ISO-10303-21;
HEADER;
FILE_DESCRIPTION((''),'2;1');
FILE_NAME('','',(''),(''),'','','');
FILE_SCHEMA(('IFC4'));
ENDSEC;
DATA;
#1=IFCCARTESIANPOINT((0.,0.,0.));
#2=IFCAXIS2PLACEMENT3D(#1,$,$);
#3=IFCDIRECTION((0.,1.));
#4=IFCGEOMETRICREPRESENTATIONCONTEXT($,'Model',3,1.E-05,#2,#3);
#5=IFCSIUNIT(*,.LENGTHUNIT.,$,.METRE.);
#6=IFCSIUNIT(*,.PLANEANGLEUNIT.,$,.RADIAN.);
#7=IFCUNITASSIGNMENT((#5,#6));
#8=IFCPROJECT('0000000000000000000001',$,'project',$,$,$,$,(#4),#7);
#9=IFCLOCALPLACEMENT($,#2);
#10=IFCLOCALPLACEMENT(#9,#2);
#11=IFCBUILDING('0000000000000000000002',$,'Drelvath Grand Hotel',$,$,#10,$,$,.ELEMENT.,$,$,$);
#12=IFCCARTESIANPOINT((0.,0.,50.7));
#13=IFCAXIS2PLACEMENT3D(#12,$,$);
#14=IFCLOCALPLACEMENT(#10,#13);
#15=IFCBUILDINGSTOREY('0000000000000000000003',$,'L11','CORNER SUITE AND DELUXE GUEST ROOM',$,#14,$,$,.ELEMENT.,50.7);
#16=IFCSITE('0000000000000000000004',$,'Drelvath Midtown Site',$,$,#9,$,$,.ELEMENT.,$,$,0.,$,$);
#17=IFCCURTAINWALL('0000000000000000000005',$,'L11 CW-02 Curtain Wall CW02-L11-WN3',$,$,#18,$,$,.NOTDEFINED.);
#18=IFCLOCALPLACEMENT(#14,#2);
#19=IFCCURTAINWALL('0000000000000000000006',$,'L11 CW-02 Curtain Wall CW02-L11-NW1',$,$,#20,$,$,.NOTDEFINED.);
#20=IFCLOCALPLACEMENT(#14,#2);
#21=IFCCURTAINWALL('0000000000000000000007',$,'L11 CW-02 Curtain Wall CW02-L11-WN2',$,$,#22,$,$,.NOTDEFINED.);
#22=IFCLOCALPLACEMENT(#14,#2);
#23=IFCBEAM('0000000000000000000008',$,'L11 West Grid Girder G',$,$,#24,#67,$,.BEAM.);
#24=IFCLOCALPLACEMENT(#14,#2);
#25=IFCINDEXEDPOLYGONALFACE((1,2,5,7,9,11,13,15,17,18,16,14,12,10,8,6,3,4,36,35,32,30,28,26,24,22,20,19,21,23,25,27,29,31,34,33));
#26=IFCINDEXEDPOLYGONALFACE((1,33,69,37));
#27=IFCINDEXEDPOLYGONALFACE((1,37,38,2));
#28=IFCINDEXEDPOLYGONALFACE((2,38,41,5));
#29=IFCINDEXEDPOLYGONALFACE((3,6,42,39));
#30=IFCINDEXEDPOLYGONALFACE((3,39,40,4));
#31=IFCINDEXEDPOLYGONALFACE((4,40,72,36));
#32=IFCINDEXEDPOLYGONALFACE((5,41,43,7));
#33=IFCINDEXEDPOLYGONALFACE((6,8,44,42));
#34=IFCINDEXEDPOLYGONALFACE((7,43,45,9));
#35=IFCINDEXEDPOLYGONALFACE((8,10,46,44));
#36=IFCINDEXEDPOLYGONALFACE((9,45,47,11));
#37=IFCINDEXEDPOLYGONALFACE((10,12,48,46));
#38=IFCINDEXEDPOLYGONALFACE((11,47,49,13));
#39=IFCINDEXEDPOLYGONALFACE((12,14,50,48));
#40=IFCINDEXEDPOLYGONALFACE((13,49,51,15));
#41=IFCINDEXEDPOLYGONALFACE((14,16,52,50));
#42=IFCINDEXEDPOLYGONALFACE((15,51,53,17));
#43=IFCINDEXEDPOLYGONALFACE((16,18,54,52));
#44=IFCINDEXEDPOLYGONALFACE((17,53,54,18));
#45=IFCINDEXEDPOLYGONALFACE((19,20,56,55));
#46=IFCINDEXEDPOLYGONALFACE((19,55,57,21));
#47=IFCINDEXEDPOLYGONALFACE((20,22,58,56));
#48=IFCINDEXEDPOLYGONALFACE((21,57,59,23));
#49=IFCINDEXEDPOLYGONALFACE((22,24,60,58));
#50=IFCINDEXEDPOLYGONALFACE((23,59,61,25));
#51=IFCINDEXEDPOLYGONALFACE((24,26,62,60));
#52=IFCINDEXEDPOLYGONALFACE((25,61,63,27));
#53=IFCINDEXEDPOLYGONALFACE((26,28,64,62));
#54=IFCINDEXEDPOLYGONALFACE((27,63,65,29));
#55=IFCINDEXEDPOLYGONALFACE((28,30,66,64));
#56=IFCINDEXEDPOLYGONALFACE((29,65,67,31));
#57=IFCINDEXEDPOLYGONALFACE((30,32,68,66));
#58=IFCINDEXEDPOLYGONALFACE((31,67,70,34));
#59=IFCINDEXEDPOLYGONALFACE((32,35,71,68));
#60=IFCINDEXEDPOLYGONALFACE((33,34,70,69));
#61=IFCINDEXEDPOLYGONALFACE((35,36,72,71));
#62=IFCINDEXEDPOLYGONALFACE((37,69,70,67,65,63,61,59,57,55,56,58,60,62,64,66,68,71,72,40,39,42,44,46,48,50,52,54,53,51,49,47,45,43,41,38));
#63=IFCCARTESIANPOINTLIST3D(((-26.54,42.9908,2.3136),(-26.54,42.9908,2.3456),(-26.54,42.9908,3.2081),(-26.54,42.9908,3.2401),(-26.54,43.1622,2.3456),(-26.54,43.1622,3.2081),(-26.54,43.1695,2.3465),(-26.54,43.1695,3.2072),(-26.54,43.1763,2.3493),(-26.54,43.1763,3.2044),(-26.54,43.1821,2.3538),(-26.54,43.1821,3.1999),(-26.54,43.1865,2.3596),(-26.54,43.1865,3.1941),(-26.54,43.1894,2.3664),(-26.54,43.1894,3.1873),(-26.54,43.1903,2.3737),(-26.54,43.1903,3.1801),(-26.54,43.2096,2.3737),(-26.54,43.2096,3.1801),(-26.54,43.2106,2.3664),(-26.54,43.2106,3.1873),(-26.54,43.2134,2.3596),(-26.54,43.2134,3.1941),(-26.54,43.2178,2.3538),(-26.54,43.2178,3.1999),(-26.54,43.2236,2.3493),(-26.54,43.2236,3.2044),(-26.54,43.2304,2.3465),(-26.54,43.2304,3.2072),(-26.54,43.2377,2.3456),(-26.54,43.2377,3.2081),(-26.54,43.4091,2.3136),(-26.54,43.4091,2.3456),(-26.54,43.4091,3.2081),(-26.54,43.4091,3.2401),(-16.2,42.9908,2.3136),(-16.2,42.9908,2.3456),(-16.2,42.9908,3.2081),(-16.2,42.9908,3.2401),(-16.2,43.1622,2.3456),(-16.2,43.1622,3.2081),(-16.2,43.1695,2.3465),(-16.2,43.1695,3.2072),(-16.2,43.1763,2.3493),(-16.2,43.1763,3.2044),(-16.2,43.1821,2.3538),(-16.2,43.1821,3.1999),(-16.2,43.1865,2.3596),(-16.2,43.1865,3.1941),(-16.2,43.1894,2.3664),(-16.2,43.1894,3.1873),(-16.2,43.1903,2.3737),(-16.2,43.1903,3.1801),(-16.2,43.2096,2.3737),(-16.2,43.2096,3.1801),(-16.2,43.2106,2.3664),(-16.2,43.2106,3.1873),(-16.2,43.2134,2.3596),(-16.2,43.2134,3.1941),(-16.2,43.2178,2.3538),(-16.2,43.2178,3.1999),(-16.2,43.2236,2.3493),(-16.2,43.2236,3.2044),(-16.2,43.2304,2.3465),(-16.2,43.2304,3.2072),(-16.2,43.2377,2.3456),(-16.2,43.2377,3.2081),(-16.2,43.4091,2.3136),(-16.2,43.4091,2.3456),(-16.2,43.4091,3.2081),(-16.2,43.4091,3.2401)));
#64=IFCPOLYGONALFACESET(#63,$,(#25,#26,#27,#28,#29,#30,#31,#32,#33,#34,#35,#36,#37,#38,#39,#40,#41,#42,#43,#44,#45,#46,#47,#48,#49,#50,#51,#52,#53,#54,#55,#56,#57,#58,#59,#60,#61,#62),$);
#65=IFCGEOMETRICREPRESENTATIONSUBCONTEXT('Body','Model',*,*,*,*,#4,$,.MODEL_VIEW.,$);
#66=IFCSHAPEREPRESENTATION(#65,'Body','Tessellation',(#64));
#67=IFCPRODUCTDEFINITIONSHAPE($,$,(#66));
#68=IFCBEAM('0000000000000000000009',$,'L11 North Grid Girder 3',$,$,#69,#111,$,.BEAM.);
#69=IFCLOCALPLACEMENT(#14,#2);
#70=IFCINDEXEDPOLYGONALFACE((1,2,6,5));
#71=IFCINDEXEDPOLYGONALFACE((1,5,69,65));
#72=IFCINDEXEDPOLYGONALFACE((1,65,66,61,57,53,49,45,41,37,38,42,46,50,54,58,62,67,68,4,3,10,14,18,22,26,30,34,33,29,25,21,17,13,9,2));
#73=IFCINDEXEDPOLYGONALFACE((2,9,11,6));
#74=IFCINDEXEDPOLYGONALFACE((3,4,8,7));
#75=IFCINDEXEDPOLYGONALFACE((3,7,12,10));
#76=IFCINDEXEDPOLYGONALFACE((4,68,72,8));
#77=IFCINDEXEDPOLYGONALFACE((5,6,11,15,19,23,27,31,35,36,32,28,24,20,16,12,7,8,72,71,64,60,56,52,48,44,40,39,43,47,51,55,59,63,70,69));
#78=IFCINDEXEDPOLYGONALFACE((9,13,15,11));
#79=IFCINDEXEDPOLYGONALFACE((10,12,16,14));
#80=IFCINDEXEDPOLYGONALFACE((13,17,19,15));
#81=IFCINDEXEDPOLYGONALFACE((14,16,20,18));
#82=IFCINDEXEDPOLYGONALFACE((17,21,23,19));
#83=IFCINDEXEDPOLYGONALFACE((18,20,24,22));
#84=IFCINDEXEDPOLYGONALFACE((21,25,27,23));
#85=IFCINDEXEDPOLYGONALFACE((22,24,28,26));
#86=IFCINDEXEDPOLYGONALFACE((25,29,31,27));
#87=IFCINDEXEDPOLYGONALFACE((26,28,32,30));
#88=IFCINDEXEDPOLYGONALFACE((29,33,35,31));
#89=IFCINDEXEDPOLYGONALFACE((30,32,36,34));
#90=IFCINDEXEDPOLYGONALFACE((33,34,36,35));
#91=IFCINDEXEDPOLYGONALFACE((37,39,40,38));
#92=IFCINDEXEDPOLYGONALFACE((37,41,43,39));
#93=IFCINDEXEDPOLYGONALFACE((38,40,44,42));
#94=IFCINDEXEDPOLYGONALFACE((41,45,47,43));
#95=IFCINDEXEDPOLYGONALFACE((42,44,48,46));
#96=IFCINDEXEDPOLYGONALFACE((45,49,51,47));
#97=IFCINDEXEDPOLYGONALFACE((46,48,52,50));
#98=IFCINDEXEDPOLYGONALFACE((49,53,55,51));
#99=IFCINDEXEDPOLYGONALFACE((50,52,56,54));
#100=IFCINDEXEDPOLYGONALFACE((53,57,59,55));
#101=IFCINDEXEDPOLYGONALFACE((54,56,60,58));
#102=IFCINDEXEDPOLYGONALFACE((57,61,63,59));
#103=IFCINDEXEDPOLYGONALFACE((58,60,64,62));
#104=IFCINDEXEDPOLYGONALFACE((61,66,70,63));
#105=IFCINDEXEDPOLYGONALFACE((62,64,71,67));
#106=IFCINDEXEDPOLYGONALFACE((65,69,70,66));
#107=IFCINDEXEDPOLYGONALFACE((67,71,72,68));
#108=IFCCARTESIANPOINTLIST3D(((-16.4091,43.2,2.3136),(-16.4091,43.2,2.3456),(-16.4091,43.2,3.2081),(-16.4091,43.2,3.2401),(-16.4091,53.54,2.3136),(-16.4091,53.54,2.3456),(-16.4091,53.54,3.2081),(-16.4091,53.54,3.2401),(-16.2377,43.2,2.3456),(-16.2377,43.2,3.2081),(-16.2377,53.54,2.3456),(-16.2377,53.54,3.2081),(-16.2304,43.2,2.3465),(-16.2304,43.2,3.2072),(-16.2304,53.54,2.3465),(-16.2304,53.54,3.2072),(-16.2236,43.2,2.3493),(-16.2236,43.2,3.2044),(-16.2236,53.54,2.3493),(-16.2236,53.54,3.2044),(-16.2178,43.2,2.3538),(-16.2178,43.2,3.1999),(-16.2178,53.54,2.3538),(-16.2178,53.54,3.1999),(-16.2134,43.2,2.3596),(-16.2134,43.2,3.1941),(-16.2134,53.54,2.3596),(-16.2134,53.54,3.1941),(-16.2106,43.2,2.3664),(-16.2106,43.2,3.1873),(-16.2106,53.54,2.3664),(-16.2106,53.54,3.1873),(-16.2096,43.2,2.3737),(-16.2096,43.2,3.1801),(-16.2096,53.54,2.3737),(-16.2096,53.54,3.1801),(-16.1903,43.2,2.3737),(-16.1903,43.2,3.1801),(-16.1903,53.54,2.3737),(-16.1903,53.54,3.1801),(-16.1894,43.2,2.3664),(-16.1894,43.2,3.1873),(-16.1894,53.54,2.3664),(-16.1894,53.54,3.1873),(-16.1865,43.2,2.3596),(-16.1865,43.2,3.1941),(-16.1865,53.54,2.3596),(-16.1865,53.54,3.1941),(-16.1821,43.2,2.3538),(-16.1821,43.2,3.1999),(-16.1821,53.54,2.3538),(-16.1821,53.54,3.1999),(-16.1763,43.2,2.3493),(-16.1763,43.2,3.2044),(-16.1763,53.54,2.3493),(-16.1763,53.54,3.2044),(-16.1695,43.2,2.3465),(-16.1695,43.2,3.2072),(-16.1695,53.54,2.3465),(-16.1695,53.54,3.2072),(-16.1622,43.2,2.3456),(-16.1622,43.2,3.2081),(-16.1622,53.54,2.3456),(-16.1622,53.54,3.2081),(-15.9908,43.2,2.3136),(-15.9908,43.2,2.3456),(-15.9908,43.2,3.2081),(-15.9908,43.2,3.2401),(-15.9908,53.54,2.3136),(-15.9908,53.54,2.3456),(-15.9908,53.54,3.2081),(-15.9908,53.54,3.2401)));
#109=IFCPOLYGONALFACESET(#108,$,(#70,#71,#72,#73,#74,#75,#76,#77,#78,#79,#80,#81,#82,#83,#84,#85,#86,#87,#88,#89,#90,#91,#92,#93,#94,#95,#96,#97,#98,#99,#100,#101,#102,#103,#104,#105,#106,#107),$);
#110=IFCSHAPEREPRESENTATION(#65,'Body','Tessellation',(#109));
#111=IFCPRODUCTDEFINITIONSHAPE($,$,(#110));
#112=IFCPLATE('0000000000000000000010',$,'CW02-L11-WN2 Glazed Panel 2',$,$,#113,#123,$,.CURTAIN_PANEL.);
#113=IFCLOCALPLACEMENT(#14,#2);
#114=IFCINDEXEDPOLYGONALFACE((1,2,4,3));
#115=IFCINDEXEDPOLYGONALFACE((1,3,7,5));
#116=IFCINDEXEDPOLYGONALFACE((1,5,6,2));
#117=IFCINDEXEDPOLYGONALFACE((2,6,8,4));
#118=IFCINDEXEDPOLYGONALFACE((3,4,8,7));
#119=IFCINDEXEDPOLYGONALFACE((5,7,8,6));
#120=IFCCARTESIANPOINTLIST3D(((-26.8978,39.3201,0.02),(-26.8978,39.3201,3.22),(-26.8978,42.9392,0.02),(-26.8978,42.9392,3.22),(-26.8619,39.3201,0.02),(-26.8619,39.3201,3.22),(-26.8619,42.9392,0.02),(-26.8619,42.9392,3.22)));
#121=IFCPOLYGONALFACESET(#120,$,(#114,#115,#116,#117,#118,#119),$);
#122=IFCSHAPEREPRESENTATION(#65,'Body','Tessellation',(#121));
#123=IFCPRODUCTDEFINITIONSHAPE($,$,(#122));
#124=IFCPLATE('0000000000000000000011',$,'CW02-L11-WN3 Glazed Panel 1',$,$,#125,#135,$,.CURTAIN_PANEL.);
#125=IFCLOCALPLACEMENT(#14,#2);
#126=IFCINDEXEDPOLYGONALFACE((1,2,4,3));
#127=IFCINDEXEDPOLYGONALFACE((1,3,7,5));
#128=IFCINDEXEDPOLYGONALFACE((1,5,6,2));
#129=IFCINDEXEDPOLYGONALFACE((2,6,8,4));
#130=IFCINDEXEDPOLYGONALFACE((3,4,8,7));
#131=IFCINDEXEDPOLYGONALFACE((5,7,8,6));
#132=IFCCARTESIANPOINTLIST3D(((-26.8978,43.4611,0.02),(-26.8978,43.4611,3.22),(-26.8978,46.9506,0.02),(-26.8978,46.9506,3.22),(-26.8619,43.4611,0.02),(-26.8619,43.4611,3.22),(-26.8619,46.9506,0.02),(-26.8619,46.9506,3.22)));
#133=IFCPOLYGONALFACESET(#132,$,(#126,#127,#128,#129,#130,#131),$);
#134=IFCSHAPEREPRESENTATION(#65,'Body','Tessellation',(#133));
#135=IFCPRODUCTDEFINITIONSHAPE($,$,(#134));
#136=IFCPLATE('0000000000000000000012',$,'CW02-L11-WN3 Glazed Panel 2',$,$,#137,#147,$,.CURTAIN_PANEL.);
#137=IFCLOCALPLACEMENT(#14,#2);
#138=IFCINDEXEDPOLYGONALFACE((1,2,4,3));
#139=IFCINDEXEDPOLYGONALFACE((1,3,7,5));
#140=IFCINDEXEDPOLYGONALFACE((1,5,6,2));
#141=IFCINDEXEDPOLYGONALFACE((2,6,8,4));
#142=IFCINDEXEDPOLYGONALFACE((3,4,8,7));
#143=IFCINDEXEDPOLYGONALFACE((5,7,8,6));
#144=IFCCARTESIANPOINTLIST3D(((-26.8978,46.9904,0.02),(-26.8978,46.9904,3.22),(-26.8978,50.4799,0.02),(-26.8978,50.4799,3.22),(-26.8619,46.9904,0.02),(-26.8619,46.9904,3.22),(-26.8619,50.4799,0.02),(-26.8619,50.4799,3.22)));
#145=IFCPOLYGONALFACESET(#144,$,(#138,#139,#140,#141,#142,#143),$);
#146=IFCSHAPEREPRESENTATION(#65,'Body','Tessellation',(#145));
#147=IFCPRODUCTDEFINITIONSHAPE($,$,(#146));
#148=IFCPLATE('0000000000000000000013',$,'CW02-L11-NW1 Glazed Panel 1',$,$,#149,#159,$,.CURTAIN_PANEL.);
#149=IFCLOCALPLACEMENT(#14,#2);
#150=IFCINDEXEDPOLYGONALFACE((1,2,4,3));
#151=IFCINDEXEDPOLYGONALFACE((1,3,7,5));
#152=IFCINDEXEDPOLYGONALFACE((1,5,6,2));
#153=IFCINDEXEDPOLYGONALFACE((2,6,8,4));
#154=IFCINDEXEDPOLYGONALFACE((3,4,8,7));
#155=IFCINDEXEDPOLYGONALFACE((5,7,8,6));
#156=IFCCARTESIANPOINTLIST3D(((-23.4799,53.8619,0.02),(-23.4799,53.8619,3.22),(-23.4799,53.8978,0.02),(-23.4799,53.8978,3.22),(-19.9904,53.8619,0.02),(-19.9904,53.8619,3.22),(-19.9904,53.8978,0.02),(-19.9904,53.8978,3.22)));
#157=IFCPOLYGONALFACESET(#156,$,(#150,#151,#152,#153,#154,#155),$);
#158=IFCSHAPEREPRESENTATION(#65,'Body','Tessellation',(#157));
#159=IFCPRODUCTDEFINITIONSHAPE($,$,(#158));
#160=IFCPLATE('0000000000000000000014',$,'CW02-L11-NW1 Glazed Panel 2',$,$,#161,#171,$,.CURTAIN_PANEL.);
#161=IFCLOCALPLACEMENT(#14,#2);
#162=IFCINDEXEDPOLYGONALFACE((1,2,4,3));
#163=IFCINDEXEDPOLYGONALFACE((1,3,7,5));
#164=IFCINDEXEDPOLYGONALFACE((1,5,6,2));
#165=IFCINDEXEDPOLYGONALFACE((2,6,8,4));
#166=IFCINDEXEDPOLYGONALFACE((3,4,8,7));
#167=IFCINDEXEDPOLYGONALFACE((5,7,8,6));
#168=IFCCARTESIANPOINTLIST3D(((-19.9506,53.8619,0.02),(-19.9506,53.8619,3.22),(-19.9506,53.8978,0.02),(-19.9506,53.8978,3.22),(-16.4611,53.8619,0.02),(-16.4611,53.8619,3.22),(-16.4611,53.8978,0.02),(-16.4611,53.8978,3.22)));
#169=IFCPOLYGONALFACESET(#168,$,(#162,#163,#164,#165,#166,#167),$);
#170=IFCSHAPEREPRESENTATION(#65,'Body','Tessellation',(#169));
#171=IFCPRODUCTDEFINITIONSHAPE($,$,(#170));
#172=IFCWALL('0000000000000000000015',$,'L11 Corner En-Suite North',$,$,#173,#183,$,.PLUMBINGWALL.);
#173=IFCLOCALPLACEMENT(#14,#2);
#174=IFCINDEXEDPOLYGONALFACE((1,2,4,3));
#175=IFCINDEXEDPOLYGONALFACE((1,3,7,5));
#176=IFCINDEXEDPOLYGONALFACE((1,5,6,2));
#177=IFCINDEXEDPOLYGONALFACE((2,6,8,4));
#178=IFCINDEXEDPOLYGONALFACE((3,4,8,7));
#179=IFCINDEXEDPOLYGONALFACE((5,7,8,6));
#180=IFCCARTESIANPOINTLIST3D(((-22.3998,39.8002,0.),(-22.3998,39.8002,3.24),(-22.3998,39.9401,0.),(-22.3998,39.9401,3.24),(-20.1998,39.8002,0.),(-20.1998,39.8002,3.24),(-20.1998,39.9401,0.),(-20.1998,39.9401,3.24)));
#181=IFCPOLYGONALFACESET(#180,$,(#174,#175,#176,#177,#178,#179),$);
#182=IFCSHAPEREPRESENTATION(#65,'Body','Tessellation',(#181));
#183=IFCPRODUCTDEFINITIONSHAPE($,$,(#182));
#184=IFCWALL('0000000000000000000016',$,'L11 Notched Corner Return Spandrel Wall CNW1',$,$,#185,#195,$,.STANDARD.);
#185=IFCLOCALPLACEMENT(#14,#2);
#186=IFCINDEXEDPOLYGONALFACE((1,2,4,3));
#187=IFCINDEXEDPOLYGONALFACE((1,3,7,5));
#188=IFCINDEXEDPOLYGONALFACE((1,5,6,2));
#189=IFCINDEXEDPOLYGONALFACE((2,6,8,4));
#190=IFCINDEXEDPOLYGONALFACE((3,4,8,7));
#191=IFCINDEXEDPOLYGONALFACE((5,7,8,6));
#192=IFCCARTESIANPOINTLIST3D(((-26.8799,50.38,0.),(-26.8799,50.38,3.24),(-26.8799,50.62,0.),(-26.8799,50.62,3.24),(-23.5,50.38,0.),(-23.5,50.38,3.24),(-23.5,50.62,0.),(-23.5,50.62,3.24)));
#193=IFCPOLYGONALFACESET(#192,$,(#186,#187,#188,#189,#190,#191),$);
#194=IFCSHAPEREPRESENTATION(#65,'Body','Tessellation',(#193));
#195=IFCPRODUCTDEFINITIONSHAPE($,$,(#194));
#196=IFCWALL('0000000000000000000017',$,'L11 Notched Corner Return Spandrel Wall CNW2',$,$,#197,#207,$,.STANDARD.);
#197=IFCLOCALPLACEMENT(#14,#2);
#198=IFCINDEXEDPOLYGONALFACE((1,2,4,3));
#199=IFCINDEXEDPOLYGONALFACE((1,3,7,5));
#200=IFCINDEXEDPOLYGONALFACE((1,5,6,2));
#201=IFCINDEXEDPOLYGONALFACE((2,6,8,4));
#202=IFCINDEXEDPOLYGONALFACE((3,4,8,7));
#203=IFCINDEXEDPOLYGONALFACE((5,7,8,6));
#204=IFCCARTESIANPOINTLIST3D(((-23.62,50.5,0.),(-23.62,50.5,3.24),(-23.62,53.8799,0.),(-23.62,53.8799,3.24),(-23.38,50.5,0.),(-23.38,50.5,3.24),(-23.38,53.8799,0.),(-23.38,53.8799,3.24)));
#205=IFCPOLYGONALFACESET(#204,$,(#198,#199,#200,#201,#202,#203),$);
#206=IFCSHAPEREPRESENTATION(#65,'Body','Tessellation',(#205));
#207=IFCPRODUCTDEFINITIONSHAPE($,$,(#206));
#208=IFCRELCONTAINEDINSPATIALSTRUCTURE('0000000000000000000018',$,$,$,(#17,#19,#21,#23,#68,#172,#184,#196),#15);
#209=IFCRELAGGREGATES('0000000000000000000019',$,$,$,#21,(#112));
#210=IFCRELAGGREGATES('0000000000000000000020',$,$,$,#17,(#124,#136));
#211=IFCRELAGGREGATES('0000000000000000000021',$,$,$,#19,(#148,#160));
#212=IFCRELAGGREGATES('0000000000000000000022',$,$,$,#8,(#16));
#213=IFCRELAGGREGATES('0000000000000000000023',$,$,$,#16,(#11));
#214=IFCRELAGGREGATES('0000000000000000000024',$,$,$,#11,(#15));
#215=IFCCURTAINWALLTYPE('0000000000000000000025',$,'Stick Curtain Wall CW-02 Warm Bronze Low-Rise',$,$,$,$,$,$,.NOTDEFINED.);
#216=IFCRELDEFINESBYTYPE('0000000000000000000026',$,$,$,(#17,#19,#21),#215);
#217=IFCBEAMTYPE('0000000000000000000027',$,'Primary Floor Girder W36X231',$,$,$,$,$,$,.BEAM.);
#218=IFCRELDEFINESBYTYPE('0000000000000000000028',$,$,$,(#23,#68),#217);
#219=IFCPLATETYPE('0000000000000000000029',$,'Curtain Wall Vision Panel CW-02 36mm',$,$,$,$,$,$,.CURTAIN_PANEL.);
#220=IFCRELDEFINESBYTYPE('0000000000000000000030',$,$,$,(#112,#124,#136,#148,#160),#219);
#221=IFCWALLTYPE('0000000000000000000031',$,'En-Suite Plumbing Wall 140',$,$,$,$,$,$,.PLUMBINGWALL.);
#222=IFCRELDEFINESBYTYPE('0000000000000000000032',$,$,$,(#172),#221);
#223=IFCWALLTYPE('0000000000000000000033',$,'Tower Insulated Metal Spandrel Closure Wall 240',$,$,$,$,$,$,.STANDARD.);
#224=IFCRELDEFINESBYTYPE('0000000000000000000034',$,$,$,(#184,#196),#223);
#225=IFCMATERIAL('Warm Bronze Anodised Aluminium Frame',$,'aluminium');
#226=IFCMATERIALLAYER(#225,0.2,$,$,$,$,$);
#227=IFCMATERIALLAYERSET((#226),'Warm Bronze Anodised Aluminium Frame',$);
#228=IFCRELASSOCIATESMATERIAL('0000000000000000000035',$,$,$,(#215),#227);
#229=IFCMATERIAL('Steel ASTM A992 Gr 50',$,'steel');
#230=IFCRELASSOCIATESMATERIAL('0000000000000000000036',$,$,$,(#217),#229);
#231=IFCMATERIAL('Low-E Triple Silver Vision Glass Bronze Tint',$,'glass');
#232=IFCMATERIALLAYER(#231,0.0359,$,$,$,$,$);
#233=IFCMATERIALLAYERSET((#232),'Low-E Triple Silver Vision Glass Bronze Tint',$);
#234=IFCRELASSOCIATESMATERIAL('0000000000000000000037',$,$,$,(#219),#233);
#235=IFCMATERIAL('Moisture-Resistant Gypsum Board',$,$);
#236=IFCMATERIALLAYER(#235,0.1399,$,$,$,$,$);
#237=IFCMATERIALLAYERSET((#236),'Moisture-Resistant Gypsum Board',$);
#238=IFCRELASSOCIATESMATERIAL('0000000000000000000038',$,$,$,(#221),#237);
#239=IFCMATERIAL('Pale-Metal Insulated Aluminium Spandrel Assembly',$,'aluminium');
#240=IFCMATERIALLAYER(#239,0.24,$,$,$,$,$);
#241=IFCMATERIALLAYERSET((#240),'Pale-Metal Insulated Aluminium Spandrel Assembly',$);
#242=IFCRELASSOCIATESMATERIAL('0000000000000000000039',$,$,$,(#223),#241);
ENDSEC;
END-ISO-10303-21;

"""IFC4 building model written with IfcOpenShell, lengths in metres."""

from ifc_helpers import new_model, si_unit, direction, frame, frame_2d, origin, origin_2d, place, context, subcontext, project, spatial, rectangle, i_section, extrude, material, layer, layer_set, material_profile, profile_set, type_object, element, aggregate, save


model = new_model("IFC4")

# Units and contexts
model_context = context("Model", 3, precision=1e-05, world=origin(), true_north=direction((0.0, 1.0)))
body_context = subcontext(model_context, "Body", "Model", "MODEL_VIEW")
ifc_project = project(units=[si_unit("LENGTHUNIT", "METRE"), si_unit("PLANEANGLEUNIT", "RADIAN")], contexts=[model_context])

# Site, building, storey
site_placement = place(None, origin())
site = spatial("IfcSite", under=ifc_project, at=site_placement, Name="Drelvath Midtown Site", CompositionType="ELEMENT", RefElevation=0.0)
building_placement = place(site_placement, origin())
building = spatial("IfcBuilding", under=site, at=building_placement, Name="Drelvath Grand Hotel", CompositionType="ELEMENT")
storey_placement = place(building_placement, frame((0.0, 0.0, 50.7)))
storey = spatial("IfcBuildingStorey", under=building, at=storey_placement, Name="L11", Description="CORNER SUITE AND DELUXE GUEST ROOM", CompositionType="ELEMENT", Elevation=50.7)

# Shared definitions
ifc_material_1 = material(Name="Steel ASTM A992 Gr 50", Category="steel")

# Curtain walls
ifc_material_2 = material(Name="Warm Bronze Anodised Aluminium Frame", Category="aluminium")
ifc_layer_1 = layer(ifc_material_2, 0.2)
ifc_layer_set_1 = layer_set([ifc_layer_1], Name="Warm Bronze Anodised Aluminium Frame")
curtain_wall_type = type_object("IfcCurtainWallType", Name="Stick Curtain Wall CW-02 Warm Bronze Low-Rise", PredefinedType="NOTDEFINED", material=ifc_layer_set_1)
curtain_wall_1_placement = place(storey_placement, origin())
curtain_wall_1 = element("IfcCurtainWall", 1, at=curtain_wall_1_placement, inside=storey, type_object=curtain_wall_type, Name="L11 CW-02 Curtain Wall CW02-L11-WN3", PredefinedType="NOTDEFINED")
curtain_wall_2_placement = place(storey_placement, origin())
curtain_wall_2 = element("IfcCurtainWall", 2, at=curtain_wall_2_placement, inside=storey, type_object=curtain_wall_type, Name="L11 CW-02 Curtain Wall CW02-L11-NW1", PredefinedType="NOTDEFINED")

# Curtain wall
curtain_wall_3_placement = place(storey_placement, origin())
curtain_wall_3 = element("IfcCurtainWall", 3, at=curtain_wall_3_placement, inside=storey, type_object=curtain_wall_type, Name="L11 CW-02 Curtain Wall CW02-L11-WN2", PredefinedType="NOTDEFINED")

# Beams
ifc_material_profile_1 = material_profile(ifc_material_1, i_section(OverallWidth=0.4182, OverallDepth=0.9265, WebThickness=0.0193, FlangeThickness=0.032, FilletRadius=0.0281, at=origin_2d()), Name="W36X231")
ifc_profile_set_1 = profile_set([ifc_material_profile_1], Name="Steel ASTM A992 Gr 50")
beam_type_1 = type_object("IfcBeamType", Name="Primary Floor Girder W36X231", PredefinedType="BEAM", material=ifc_profile_set_1)
for number, where, z_axis, x_axis, name in (
    (4, (-26.54, 43.2, 2.7769), (1.0, 0.0, 0.0), (0.0, 1.0, 0.0), "L11 West Grid Girder G"),
    (5, (-16.2, 43.2, 2.7769), (0.0, 1.0, 0.0), (-1.0, 0.0, 0.0), "L11 North Grid Girder 3"),
):
    element("IfcBeam", number, at=place(storey_placement, frame(where, z_axis=z_axis, x_axis=x_axis)), inside=storey, type_object=beam_type_1, Name=name, PredefinedType="BEAM", context=body_context, shape_type="SweptSolid", body=[
        extrude(i_section(OverallWidth=0.4182, OverallDepth=0.9265, WebThickness=0.0193, FlangeThickness=0.032, FilletRadius=0.0281, at=origin_2d()), origin(), (0.0, 0.0, 1.0), 10.3401),
    ])

# Plates
ifc_material_3 = material(Name="Low-E Triple Silver Vision Glass Bronze Tint", Category="glass")
ifc_layer_2 = layer(ifc_material_3, 0.0359)
ifc_layer_set_2 = layer_set([ifc_layer_2], Name="Low-E Triple Silver Vision Glass Bronze Tint")
plate_type = type_object("IfcPlateType", Name="Curtain Wall Vision Panel CW-02 36mm", PredefinedType="CURTAIN_PANEL", material=ifc_layer_set_2)
plate_1_placement = place(storey_placement, frame((-26.8799, 41.1296, 0.02), z_axis=(0.0, 0.0, 1.0), x_axis=(0.0, 1.0, 0.0)))
plate_1 = element("IfcPlate", 6, at=plate_1_placement, type_object=plate_type, Name="CW02-L11-WN2 Glazed Panel 2", PredefinedType="CURTAIN_PANEL", context=body_context, shape_type="SweptSolid", body=[
    extrude(rectangle(XDim=3.6191, YDim=0.0359, at=origin_2d()), origin(), (0.0, 0.0, 1.0), 3.2),
])
aggregate(curtain_wall_3, [plate_1])
plate_2_placement = place(storey_placement, frame((-26.8799, 45.2058, 0.02), z_axis=(0.0, 0.0, 1.0), x_axis=(0.0, 1.0, 0.0)))
plate_2 = element("IfcPlate", 7, at=plate_2_placement, type_object=plate_type, Name="CW02-L11-WN3 Glazed Panel 1", PredefinedType="CURTAIN_PANEL", context=body_context, shape_type="SweptSolid", body=[
    extrude(rectangle(XDim=3.4895, YDim=0.0359, at=origin_2d()), origin(), (0.0, 0.0, 1.0), 3.2),
])
plate_3_placement = place(storey_placement, frame((-26.8799, 48.7351, 0.02), z_axis=(0.0, 0.0, 1.0), x_axis=(0.0, 1.0, 0.0)))
plate_3 = element("IfcPlate", 8, at=plate_3_placement, type_object=plate_type, Name="CW02-L11-WN3 Glazed Panel 2", PredefinedType="CURTAIN_PANEL", context=body_context, shape_type="SweptSolid", body=[
    extrude(rectangle(XDim=3.4895, YDim=0.0359, at=origin_2d()), origin(), (0.0, 0.0, 1.0), 3.2),
])
aggregate(curtain_wall_1, [plate_2, plate_3])
plate_4_placement = place(storey_placement, frame((-21.7351, 53.8799, 0.02), z_axis=(0.0, 0.0, 1.0), x_axis=(1.0, 0.0, 0.0)))
plate_4 = element("IfcPlate", 9, at=plate_4_placement, type_object=plate_type, Name="CW02-L11-NW1 Glazed Panel 1", PredefinedType="CURTAIN_PANEL", context=body_context, shape_type="SweptSolid", body=[
    extrude(rectangle(XDim=3.4895, YDim=0.0359, at=origin_2d()), origin(), (0.0, 0.0, 1.0), 3.2),
])
plate_5_placement = place(storey_placement, frame((-18.2058, 53.8799, 0.02), z_axis=(0.0, 0.0, 1.0), x_axis=(1.0, 0.0, 0.0)))
plate_5 = element("IfcPlate", 10, at=plate_5_placement, type_object=plate_type, Name="CW02-L11-NW1 Glazed Panel 2", PredefinedType="CURTAIN_PANEL", context=body_context, shape_type="SweptSolid", body=[
    extrude(rectangle(XDim=3.4895, YDim=0.0359, at=origin_2d()), origin(), (0.0, 0.0, 1.0), 3.2),
])
aggregate(curtain_wall_2, [plate_4, plate_5])

# Walls
ifc_material_4 = material(Name="Moisture-Resistant Gypsum Board")
ifc_layer_3 = layer(ifc_material_4, 0.1399)
ifc_layer_set_3 = layer_set([ifc_layer_3], Name="Moisture-Resistant Gypsum Board")
wall_type_1 = type_object("IfcWallType", Name="En-Suite Plumbing Wall 140", PredefinedType="PLUMBINGWALL", material=ifc_layer_set_3)
wall_placement = place(storey_placement, frame((-22.3999, 39.8701, 0.0), z_axis=(0.0, 0.0, 1.0), x_axis=(1.0, 0.0, 0.0)))
element("IfcWall", 11, at=wall_placement, inside=storey, type_object=wall_type_1, Name="L11 Corner En-Suite North", PredefinedType="PLUMBINGWALL", context=body_context, shape_type="SweptSolid", body=[
    extrude(rectangle(XDim=2.2, YDim=0.1399, at=frame_2d((1.1001, 0.0))), origin(), (0.0, 0.0, 1.0), 3.24),
])
ifc_material_5 = material(Name="Pale-Metal Insulated Aluminium Spandrel Assembly", Category="aluminium")
ifc_layer_4 = layer(ifc_material_5, 0.24)
ifc_layer_set_4 = layer_set([ifc_layer_4], Name="Pale-Metal Insulated Aluminium Spandrel Assembly")
wall_type_2 = type_object("IfcWallType", Name="Tower Insulated Metal Spandrel Closure Wall 240", PredefinedType="STANDARD", material=ifc_layer_set_4)
for number, where, z_axis, x_axis, name in (
    (12, (-26.8799, 50.5, 0.0), (0.0, 0.0, 1.0), (1.0, 0.0, 0.0), "L11 Notched Corner Return Spandrel Wall CNW1"),
    (13, (-23.5, 50.5, 0.0), (0.0, 0.0, 1.0), (0.0, 1.0, 0.0), "L11 Notched Corner Return Spandrel Wall CNW2"),
):
    element("IfcWall", number, at=place(storey_placement, frame(where, z_axis=z_axis, x_axis=x_axis)), inside=storey, type_object=wall_type_2, Name=name, PredefinedType="STANDARD", context=body_context, shape_type="SweptSolid", body=[
        extrude(rectangle(XDim=3.3799, YDim=0.24, at=frame_2d((1.6899, 0.0))), origin(), (0.0, 0.0, 1.0), 3.24),
    ])

save(model, "model.ifc")
